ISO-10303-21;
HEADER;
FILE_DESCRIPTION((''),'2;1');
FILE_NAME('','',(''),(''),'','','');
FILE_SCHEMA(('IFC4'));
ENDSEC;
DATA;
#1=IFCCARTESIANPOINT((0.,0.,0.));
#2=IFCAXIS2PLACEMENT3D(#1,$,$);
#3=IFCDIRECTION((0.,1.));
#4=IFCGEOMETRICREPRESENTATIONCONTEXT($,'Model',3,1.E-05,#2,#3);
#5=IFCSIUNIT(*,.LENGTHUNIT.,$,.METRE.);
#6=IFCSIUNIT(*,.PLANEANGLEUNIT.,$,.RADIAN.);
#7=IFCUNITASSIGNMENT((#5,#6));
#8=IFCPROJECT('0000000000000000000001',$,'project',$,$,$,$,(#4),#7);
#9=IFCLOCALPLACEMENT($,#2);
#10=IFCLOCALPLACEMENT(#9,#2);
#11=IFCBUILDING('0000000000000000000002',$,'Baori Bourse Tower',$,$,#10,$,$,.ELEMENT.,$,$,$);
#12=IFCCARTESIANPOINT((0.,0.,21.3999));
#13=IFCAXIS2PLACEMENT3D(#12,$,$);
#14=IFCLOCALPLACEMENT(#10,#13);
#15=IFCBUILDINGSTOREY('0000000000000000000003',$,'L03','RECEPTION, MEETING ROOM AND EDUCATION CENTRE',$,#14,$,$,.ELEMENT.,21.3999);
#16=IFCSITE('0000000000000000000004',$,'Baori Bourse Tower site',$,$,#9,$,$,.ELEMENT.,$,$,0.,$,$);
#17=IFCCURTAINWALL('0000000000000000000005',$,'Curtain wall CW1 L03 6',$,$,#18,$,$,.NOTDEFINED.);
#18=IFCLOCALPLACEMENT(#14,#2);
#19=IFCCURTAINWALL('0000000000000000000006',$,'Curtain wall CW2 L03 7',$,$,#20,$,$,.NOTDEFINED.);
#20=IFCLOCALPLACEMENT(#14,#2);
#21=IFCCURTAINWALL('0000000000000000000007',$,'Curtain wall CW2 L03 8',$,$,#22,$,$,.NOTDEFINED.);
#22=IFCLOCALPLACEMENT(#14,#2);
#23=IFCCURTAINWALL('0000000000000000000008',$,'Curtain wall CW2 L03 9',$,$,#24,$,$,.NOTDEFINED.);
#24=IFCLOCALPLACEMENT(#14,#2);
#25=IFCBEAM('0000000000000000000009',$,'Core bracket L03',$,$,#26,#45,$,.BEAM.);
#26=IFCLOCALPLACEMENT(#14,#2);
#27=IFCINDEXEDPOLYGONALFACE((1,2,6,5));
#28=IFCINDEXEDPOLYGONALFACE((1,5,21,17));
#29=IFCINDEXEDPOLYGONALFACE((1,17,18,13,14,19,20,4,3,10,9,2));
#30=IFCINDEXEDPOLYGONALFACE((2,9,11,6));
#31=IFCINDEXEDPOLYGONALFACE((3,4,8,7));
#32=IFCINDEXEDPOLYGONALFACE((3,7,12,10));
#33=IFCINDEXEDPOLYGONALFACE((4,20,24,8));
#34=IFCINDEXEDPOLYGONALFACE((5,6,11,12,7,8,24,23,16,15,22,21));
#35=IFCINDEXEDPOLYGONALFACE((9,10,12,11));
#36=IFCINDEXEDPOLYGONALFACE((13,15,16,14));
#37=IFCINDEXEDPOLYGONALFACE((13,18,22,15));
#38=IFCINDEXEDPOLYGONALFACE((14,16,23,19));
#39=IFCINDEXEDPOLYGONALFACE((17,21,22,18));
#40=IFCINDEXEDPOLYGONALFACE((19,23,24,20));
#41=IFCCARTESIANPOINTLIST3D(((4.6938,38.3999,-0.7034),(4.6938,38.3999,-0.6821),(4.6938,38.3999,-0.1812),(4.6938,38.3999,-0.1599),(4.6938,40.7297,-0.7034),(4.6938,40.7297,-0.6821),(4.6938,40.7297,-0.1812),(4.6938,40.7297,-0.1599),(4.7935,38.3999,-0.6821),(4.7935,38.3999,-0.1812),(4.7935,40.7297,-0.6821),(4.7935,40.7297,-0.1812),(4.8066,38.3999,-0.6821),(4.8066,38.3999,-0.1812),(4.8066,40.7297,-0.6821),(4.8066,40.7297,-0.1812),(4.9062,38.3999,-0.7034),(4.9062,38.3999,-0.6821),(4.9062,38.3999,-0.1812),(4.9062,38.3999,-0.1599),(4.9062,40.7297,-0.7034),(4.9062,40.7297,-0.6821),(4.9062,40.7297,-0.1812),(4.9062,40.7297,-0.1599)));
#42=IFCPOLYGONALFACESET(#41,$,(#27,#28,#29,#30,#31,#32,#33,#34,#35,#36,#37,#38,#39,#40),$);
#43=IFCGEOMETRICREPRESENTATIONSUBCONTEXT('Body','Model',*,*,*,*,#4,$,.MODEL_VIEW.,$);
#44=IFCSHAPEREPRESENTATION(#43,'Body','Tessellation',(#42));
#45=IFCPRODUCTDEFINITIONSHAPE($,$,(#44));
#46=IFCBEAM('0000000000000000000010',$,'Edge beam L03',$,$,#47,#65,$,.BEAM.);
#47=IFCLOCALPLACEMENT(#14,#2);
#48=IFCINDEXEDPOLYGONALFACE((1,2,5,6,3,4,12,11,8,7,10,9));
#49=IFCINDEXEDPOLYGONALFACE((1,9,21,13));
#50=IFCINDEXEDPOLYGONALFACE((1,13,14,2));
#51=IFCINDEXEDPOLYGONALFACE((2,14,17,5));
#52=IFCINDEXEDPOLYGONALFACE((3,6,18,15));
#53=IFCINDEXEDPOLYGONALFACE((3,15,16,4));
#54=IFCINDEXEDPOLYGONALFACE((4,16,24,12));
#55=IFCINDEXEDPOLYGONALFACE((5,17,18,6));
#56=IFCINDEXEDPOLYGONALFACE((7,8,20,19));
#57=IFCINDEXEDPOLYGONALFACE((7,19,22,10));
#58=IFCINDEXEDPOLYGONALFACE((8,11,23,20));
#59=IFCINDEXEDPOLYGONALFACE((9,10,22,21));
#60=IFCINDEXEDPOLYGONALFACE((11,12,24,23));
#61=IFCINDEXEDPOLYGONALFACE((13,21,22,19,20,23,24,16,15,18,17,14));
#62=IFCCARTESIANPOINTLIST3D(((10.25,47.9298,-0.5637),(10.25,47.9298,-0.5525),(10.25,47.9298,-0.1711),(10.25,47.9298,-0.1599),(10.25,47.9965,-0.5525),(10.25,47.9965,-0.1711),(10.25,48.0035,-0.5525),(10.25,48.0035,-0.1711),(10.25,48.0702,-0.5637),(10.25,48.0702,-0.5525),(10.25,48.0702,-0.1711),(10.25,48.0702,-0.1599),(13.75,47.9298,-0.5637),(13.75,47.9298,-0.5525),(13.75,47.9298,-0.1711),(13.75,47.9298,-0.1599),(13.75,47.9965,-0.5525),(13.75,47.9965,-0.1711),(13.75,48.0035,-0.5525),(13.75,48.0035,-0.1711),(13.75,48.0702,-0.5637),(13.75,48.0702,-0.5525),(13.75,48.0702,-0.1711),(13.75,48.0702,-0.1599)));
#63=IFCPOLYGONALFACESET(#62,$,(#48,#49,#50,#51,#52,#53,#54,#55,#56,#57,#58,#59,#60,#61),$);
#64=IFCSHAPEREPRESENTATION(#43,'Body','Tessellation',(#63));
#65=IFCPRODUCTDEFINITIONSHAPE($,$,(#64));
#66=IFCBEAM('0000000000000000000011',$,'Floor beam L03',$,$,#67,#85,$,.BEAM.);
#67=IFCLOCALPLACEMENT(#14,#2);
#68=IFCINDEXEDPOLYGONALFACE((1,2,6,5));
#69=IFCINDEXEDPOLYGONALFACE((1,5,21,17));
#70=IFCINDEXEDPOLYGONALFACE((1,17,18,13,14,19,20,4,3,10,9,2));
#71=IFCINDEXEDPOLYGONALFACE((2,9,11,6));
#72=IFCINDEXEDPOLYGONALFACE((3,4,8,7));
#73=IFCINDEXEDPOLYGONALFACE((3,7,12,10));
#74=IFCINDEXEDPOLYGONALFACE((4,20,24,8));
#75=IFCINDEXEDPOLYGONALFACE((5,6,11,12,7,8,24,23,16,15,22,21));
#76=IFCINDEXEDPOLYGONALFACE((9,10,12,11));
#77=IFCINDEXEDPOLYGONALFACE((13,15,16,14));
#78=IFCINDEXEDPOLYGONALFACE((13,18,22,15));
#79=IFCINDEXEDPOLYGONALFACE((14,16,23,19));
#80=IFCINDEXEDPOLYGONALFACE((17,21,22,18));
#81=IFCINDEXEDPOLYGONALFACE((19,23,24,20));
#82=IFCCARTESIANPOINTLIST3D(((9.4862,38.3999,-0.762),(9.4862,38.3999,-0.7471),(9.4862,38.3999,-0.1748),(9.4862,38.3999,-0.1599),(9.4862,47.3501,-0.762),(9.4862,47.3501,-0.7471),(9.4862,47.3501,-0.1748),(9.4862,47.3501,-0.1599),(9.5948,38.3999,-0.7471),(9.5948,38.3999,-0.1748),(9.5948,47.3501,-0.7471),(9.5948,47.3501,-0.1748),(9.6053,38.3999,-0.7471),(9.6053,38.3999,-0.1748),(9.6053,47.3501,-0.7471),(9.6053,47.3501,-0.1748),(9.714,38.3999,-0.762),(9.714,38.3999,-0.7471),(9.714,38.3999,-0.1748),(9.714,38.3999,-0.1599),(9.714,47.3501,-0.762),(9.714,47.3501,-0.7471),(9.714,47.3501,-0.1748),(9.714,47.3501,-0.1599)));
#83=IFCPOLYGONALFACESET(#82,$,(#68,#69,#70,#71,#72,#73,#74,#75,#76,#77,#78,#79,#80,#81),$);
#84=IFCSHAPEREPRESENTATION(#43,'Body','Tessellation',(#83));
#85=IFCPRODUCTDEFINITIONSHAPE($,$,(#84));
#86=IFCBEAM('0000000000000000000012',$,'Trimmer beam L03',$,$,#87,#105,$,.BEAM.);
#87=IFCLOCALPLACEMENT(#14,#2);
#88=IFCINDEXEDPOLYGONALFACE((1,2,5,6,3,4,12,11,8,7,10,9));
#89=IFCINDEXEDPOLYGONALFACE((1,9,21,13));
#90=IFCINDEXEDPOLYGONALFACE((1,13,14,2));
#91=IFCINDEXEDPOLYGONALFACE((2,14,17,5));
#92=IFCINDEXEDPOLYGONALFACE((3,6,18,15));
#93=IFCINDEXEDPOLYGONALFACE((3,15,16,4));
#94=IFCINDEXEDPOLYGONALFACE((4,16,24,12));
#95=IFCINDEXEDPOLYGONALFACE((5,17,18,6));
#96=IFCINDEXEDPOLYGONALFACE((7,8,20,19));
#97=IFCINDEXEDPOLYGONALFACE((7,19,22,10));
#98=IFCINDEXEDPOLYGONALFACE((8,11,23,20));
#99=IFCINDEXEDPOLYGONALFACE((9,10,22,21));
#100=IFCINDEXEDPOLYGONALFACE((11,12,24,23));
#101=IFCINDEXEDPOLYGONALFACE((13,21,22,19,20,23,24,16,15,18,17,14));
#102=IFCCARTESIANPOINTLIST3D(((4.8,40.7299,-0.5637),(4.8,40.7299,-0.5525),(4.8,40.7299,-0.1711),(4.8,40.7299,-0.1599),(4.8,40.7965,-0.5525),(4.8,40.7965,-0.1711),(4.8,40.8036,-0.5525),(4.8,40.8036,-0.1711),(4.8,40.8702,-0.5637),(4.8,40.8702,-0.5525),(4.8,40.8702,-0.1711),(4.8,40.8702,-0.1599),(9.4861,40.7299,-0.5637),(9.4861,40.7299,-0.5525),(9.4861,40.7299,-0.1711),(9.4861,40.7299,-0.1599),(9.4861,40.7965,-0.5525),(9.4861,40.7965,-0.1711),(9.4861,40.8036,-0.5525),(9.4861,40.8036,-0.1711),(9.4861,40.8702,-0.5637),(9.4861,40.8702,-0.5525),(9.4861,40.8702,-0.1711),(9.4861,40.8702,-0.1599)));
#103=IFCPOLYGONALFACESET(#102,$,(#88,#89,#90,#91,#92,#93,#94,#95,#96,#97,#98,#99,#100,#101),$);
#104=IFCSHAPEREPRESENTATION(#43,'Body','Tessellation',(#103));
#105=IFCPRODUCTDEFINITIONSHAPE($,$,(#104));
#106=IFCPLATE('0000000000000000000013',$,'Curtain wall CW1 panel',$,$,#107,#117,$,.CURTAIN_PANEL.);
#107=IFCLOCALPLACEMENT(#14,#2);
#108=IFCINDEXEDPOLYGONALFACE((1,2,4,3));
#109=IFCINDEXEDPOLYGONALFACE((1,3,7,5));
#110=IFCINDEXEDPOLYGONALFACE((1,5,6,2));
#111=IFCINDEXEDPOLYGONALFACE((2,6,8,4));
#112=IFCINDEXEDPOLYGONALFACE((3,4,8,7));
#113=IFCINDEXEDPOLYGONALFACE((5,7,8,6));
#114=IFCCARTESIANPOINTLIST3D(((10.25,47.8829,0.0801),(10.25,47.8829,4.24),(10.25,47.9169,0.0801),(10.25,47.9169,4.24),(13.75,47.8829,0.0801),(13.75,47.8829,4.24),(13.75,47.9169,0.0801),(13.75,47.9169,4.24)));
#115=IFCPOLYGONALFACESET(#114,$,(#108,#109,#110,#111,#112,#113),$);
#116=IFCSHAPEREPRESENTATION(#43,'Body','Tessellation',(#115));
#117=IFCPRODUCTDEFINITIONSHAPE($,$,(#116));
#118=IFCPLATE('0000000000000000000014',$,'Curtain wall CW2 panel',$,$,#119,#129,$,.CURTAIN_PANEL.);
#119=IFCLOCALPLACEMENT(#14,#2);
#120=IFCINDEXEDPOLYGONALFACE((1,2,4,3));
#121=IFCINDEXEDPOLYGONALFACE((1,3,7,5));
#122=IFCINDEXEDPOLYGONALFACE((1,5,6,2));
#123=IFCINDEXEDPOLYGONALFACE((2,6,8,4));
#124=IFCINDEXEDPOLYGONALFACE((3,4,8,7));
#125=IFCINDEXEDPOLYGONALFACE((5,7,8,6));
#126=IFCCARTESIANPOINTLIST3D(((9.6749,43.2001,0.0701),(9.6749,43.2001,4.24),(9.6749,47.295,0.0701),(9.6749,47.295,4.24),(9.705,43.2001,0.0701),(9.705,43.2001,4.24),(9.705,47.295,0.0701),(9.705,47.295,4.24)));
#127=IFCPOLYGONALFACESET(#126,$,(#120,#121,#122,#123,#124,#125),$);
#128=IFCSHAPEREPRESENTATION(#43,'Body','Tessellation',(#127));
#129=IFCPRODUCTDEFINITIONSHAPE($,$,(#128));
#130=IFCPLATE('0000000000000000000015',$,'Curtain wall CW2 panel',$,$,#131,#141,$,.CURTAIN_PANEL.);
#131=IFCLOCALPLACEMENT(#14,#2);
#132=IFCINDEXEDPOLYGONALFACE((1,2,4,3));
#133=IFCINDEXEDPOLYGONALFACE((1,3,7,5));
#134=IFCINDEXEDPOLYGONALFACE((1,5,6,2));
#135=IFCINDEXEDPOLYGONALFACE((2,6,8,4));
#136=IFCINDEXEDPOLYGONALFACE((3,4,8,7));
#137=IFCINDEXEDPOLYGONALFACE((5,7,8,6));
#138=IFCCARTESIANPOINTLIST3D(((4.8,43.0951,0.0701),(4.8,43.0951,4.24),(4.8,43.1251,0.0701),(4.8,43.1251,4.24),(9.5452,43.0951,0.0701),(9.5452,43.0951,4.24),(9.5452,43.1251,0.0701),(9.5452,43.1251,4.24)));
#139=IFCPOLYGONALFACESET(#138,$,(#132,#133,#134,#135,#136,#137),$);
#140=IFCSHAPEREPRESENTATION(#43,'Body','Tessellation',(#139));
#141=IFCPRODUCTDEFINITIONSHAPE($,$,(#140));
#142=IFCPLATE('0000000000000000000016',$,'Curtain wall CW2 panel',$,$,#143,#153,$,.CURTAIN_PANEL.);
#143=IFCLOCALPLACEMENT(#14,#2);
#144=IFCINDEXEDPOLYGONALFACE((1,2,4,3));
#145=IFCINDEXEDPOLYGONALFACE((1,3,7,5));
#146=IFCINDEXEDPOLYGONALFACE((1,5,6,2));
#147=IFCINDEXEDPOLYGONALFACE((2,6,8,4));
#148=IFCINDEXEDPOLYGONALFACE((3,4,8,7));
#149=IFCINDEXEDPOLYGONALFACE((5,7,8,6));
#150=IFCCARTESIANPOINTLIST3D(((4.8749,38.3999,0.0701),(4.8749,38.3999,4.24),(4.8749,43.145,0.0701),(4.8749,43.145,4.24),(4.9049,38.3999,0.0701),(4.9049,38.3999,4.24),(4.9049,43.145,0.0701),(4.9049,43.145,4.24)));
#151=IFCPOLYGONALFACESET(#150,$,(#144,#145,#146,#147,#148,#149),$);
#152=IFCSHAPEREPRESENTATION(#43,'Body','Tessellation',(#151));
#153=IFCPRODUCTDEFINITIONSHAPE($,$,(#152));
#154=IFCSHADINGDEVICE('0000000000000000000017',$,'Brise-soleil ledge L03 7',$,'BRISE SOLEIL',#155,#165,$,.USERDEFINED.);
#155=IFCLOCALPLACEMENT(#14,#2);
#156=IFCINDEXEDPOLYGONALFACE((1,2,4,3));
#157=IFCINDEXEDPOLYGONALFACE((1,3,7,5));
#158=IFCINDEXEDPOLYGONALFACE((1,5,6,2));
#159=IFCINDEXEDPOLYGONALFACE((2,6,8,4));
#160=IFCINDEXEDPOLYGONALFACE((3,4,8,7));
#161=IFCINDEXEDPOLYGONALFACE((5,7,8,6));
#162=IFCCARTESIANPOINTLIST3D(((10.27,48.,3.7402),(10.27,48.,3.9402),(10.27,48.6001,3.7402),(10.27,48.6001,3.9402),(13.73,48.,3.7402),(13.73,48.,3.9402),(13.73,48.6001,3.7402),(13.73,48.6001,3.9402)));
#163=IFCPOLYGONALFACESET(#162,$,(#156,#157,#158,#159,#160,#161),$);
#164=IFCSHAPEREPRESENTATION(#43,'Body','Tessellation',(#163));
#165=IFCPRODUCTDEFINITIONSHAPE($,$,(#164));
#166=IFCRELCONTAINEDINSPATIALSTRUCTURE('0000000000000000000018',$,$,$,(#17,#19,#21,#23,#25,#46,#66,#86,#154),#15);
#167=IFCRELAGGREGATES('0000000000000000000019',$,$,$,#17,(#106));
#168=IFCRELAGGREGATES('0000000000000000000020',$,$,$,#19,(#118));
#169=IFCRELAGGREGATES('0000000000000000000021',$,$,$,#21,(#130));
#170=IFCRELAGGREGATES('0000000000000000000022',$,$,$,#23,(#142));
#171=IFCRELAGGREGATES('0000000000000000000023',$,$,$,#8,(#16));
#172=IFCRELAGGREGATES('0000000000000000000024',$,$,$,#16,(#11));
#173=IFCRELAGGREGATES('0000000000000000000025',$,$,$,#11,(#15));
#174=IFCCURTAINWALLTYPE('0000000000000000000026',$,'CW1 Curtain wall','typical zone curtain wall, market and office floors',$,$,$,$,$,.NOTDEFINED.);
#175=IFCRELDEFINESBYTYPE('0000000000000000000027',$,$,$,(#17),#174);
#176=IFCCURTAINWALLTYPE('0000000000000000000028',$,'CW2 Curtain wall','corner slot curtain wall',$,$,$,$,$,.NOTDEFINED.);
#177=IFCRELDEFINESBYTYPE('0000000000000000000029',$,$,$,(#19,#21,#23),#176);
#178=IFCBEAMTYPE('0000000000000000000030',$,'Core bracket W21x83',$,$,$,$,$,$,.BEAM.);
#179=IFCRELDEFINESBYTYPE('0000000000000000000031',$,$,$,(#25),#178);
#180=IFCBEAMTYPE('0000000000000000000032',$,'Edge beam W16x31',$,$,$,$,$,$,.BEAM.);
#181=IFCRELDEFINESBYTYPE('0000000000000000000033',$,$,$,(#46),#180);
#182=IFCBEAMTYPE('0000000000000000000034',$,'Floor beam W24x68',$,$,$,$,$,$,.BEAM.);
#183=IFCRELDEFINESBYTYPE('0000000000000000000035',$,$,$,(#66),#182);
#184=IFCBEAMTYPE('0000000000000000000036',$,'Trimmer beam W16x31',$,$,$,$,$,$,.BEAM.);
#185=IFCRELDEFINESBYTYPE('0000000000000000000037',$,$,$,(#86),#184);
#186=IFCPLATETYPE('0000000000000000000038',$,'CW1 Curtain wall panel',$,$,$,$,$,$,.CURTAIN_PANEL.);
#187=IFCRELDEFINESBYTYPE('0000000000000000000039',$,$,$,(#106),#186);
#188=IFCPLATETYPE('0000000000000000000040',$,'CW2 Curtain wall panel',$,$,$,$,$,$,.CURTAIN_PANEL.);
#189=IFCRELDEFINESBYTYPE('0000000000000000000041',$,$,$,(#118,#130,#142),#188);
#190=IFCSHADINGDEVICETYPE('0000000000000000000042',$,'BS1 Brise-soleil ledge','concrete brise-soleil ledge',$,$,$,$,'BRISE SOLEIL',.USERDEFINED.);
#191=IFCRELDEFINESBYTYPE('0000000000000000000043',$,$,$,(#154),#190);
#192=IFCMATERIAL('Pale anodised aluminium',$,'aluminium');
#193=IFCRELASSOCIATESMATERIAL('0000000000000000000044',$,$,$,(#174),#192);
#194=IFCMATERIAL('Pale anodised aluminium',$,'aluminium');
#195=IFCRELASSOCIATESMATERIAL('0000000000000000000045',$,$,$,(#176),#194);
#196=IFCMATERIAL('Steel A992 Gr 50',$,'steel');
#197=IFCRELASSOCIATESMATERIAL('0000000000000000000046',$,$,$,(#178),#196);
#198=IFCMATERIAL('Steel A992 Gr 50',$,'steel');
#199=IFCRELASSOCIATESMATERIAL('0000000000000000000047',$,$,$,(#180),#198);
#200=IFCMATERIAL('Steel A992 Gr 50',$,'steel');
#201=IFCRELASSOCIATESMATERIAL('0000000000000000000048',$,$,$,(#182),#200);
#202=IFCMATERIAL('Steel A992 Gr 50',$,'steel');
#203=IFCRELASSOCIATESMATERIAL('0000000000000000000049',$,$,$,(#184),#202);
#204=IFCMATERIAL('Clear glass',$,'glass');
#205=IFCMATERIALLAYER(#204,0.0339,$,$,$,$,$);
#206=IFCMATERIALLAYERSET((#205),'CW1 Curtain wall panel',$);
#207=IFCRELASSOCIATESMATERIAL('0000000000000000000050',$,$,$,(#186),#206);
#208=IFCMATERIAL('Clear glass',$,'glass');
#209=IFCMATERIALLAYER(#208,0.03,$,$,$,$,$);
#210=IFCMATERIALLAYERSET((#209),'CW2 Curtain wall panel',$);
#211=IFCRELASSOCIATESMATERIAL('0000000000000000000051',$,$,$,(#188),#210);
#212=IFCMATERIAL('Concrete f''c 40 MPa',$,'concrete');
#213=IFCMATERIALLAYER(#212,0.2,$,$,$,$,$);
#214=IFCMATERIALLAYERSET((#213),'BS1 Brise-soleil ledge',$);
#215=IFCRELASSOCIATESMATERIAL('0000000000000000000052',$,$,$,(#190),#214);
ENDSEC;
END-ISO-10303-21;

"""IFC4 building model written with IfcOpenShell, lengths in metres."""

from ifc_helpers import new_model, si_unit, direction, frame, origin, origin_2d, place, context, subcontext, project, spatial, rectangle, i_section, extrude, material, layer, layer_set, material_profile, profile_set, type_object, element, aggregate, save


model = new_model("IFC4")

# Units and contexts
model_context = context("Model", 3, precision=1e-05, world=origin(), true_north=direction((0.0, 1.0)))
body_context = subcontext(model_context, "Body", "Model", "MODEL_VIEW")
ifc_project = project(units=[si_unit("LENGTHUNIT", "METRE"), si_unit("PLANEANGLEUNIT", "RADIAN")], contexts=[model_context])

# Site, building, storey
site_placement = place(None, origin())
site = spatial("IfcSite", under=ifc_project, at=site_placement, Name="Baori Bourse Tower site", CompositionType="ELEMENT", RefElevation=0.0)
building_placement = place(site_placement, origin())
building = spatial("IfcBuilding", under=site, at=building_placement, Name="Baori Bourse Tower", CompositionType="ELEMENT")
storey_placement = place(building_placement, frame((0.0, 0.0, 21.3999)))
storey = spatial("IfcBuildingStorey", under=building, at=storey_placement, Name="L03", Description="RECEPTION, MEETING ROOM AND EDUCATION CENTRE", CompositionType="ELEMENT", Elevation=21.3999)

# Curtain walls
ifc_material_1 = material(Name="Pale anodised aluminium", Category="aluminium")
curtain_wall_type_1 = type_object("IfcCurtainWallType", Name="CW1 Curtain wall", Description="typical zone curtain wall, market and office floors", PredefinedType="NOTDEFINED", material=ifc_material_1)
curtain_wall_1_placement = place(storey_placement, origin())
curtain_wall_1 = element("IfcCurtainWall", 1, at=curtain_wall_1_placement, inside=storey, type_object=curtain_wall_type_1, Name="Curtain wall CW1 L03 6", PredefinedType="NOTDEFINED")
ifc_material_2 = material(Name="Pale anodised aluminium", Category="aluminium")
curtain_wall_type_2 = type_object("IfcCurtainWallType", Name="CW2 Curtain wall", Description="corner slot curtain wall", PredefinedType="NOTDEFINED", material=ifc_material_2)
curtain_wall_2_placement = place(storey_placement, origin())
curtain_wall_2 = element("IfcCurtainWall", 2, at=curtain_wall_2_placement, inside=storey, type_object=curtain_wall_type_2, Name="Curtain wall CW2 L03 7", PredefinedType="NOTDEFINED")
curtain_wall_3_placement = place(storey_placement, origin())
curtain_wall_3 = element("IfcCurtainWall", 3, at=curtain_wall_3_placement, inside=storey, type_object=curtain_wall_type_2, Name="Curtain wall CW2 L03 8", PredefinedType="NOTDEFINED")
curtain_wall_4_placement = place(storey_placement, origin())
curtain_wall_4 = element("IfcCurtainWall", 4, at=curtain_wall_4_placement, inside=storey, type_object=curtain_wall_type_2, Name="Curtain wall CW2 L03 9", PredefinedType="NOTDEFINED")

# Beams
ifc_material_3 = material(Name="Steel A992 Gr 50", Category="steel")
ifc_material_profile_1 = material_profile(ifc_material_3, i_section(OverallWidth=0.2124, OverallDepth=0.5435, WebThickness=0.0132, FlangeThickness=0.0212, at=origin_2d()), Name="W21x83")
ifc_profile_set_1 = profile_set([ifc_material_profile_1], Name="Steel A992 Gr 50")
beam_type_1 = type_object("IfcBeamType", Name="Core bracket W21x83", PredefinedType="BEAM", material=ifc_profile_set_1)
beam_1_placement = place(storey_placement, frame((4.8, 38.3999, -0.4316), z_axis=(0.0, 1.0, 0.0), x_axis=(-1.0, 0.0, 0.0)))
element("IfcBeam", 5, at=beam_1_placement, inside=storey, type_object=beam_type_1, Name="Core bracket L03", PredefinedType="BEAM", context=body_context, shape_type="SweptSolid", body=[
    extrude(i_section(OverallWidth=0.2124, OverallDepth=0.5435, WebThickness=0.0132, FlangeThickness=0.0212, at=origin_2d()), origin(), (0.0, 0.0, 1.0), 2.3298),
])
ifc_material_4 = material(Name="Steel A992 Gr 50", Category="steel")
ifc_material_profile_2 = material_profile(ifc_material_4, i_section(OverallWidth=0.1404, OverallDepth=0.4038, WebThickness=0.0071, FlangeThickness=0.0112, at=origin_2d()), Name="W16x31")
ifc_profile_set_2 = profile_set([ifc_material_profile_2], Name="Steel A992 Gr 50")
beam_type_2 = type_object("IfcBeamType", Name="Edge beam W16x31", PredefinedType="BEAM", material=ifc_profile_set_2)
beam_2_placement = place(storey_placement, frame((10.25, 48.0, -0.3618), z_axis=(1.0, 0.0, 0.0), x_axis=(0.0, 1.0, 0.0)))
element("IfcBeam", 6, at=beam_2_placement, inside=storey, type_object=beam_type_2, Name="Edge beam L03", PredefinedType="BEAM", context=body_context, shape_type="SweptSolid", body=[
    extrude(i_section(OverallWidth=0.1404, OverallDepth=0.4038, WebThickness=0.0071, FlangeThickness=0.0112, at=origin_2d()), origin(), (0.0, 0.0, 1.0), 3.5),
])
ifc_material_5 = material(Name="Steel A992 Gr 50", Category="steel")
ifc_material_profile_3 = material_profile(ifc_material_5, i_section(OverallWidth=0.2278, OverallDepth=0.6021, WebThickness=0.0105, FlangeThickness=0.0149, at=origin_2d()), Name="W24x68")
ifc_profile_set_3 = profile_set([ifc_material_profile_3], Name="Steel A992 Gr 50")
beam_type_3 = type_object("IfcBeamType", Name="Floor beam W24x68", PredefinedType="BEAM", material=ifc_profile_set_3)
beam_3_placement = place(storey_placement, frame((9.6001, 38.3999, -0.4609), z_axis=(0.0, 1.0, 0.0), x_axis=(-1.0, 0.0, 0.0)))
element("IfcBeam", 7, at=beam_3_placement, inside=storey, type_object=beam_type_3, Name="Floor beam L03", PredefinedType="BEAM", context=body_context, shape_type="SweptSolid", body=[
    extrude(i_section(OverallWidth=0.2278, OverallDepth=0.6021, WebThickness=0.0105, FlangeThickness=0.0149, at=origin_2d()), origin(), (0.0, 0.0, 1.0), 8.9502),
])
ifc_material_6 = material(Name="Steel A992 Gr 50", Category="steel")
ifc_material_profile_4 = material_profile(ifc_material_6, i_section(OverallWidth=0.1404, OverallDepth=0.4038, WebThickness=0.0071, FlangeThickness=0.0112, at=origin_2d()), Name="W16x31")
ifc_profile_set_4 = profile_set([ifc_material_profile_4], Name="Steel A992 Gr 50")
beam_type_4 = type_object("IfcBeamType", Name="Trimmer beam W16x31", PredefinedType="BEAM", material=ifc_profile_set_4)
beam_4_placement = place(storey_placement, frame((4.8, 40.8, -0.3618), z_axis=(1.0, 0.0, 0.0), x_axis=(0.0, 1.0, 0.0)))
element("IfcBeam", 8, at=beam_4_placement, inside=storey, type_object=beam_type_4, Name="Trimmer beam L03", PredefinedType="BEAM", context=body_context, shape_type="SweptSolid", body=[
    extrude(i_section(OverallWidth=0.1404, OverallDepth=0.4038, WebThickness=0.0071, FlangeThickness=0.0112, at=origin_2d()), origin(), (0.0, 0.0, 1.0), 4.686),
])

# Plates
ifc_material_7 = material(Name="Clear glass", Category="glass")
ifc_layer_1 = layer(ifc_material_7, 0.0339)
ifc_layer_set_1 = layer_set([ifc_layer_1], Name="CW1 Curtain wall panel")
plate_type_1 = type_object("IfcPlateType", Name="CW1 Curtain wall panel", PredefinedType="CURTAIN_PANEL", material=ifc_layer_set_1)
plate_1_placement = place(storey_placement, frame((12.0, 47.8999, 0.0801), z_axis=(0.0, 0.0, 1.0), x_axis=(-1.0, 0.0, 0.0)))
plate_1 = element("IfcPlate", 9, at=plate_1_placement, type_object=plate_type_1, Name="Curtain wall CW1 panel", PredefinedType="CURTAIN_PANEL", context=body_context, shape_type="SweptSolid", body=[
    extrude(rectangle(XDim=3.5, YDim=0.0339, at=origin_2d()), origin(), (0.0, 0.0, 1.0), 4.1599),
])
aggregate(curtain_wall_1, [plate_1])
ifc_material_8 = material(Name="Clear glass", Category="glass")
ifc_layer_2 = layer(ifc_material_8, 0.03)
ifc_layer_set_2 = layer_set([ifc_layer_2], Name="CW2 Curtain wall panel")
plate_type_2 = type_object("IfcPlateType", Name="CW2 Curtain wall panel", PredefinedType="CURTAIN_PANEL", material=ifc_layer_set_2)
plate_2_placement = place(storey_placement, frame((9.6899, 45.2476, 0.0701), z_axis=(0.0, 0.0, 1.0), x_axis=(0.0, -1.0, 0.0)))
plate_2 = element("IfcPlate", 10, at=plate_2_placement, type_object=plate_type_2, Name="Curtain wall CW2 panel", PredefinedType="CURTAIN_PANEL", context=body_context, shape_type="SweptSolid", body=[
    extrude(rectangle(XDim=4.095, YDim=0.03, at=origin_2d()), origin(), (0.0, 0.0, 1.0), 4.1699),
])
aggregate(curtain_wall_2, [plate_2])
plate_3_placement = place(storey_placement, frame((7.1726, 43.1101, 0.0701), z_axis=(0.0, 0.0, 1.0), x_axis=(-1.0, 0.0, 0.0)))
plate_3 = element("IfcPlate", 11, at=plate_3_placement, type_object=plate_type_2, Name="Curtain wall CW2 panel", PredefinedType="CURTAIN_PANEL", context=body_context, shape_type="SweptSolid", body=[
    extrude(rectangle(XDim=4.7451, YDim=0.03, at=origin_2d()), origin(), (0.0, 0.0, 1.0), 4.1699),
])
aggregate(curtain_wall_3, [plate_3])
plate_4_placement = place(storey_placement, frame((4.8899, 40.7725, 0.0701), z_axis=(0.0, 0.0, 1.0), x_axis=(0.0, -1.0, 0.0)))
plate_4 = element("IfcPlate", 12, at=plate_4_placement, type_object=plate_type_2, Name="Curtain wall CW2 panel", PredefinedType="CURTAIN_PANEL", context=body_context, shape_type="SweptSolid", body=[
    extrude(rectangle(XDim=4.7451, YDim=0.03, at=origin_2d()), origin(), (0.0, 0.0, 1.0), 4.1699),
])
aggregate(curtain_wall_4, [plate_4])

# Shading device
ifc_material_9 = material(Name="Concrete f'c 40 MPa", Category="concrete")
ifc_layer_3 = layer(ifc_material_9, 0.2)
ifc_layer_set_3 = layer_set([ifc_layer_3], Name="BS1 Brise-soleil ledge")
shading_device_type = type_object("IfcShadingDeviceType", Name="BS1 Brise-soleil ledge", Description="concrete brise-soleil ledge", ElementType="BRISE SOLEIL", PredefinedType="USERDEFINED", material=ifc_layer_set_3)
shading_device_placement = place(storey_placement, frame((12.0, 48.3, 3.7402), z_axis=(0.0, 0.0, 1.0), x_axis=(-1.0, 0.0, 0.0)))
element("IfcShadingDevice", 13, at=shading_device_placement, inside=storey, type_object=shading_device_type, Name="Brise-soleil ledge L03 7", ObjectType="BRISE SOLEIL", PredefinedType="USERDEFINED", context=body_context, shape_type="SweptSolid", body=[
    extrude(rectangle(XDim=3.46, YDim=0.6001, at=origin_2d()), origin(), (0.0, 0.0, 1.0), 0.2),
])

save(model, "model.ifc")
